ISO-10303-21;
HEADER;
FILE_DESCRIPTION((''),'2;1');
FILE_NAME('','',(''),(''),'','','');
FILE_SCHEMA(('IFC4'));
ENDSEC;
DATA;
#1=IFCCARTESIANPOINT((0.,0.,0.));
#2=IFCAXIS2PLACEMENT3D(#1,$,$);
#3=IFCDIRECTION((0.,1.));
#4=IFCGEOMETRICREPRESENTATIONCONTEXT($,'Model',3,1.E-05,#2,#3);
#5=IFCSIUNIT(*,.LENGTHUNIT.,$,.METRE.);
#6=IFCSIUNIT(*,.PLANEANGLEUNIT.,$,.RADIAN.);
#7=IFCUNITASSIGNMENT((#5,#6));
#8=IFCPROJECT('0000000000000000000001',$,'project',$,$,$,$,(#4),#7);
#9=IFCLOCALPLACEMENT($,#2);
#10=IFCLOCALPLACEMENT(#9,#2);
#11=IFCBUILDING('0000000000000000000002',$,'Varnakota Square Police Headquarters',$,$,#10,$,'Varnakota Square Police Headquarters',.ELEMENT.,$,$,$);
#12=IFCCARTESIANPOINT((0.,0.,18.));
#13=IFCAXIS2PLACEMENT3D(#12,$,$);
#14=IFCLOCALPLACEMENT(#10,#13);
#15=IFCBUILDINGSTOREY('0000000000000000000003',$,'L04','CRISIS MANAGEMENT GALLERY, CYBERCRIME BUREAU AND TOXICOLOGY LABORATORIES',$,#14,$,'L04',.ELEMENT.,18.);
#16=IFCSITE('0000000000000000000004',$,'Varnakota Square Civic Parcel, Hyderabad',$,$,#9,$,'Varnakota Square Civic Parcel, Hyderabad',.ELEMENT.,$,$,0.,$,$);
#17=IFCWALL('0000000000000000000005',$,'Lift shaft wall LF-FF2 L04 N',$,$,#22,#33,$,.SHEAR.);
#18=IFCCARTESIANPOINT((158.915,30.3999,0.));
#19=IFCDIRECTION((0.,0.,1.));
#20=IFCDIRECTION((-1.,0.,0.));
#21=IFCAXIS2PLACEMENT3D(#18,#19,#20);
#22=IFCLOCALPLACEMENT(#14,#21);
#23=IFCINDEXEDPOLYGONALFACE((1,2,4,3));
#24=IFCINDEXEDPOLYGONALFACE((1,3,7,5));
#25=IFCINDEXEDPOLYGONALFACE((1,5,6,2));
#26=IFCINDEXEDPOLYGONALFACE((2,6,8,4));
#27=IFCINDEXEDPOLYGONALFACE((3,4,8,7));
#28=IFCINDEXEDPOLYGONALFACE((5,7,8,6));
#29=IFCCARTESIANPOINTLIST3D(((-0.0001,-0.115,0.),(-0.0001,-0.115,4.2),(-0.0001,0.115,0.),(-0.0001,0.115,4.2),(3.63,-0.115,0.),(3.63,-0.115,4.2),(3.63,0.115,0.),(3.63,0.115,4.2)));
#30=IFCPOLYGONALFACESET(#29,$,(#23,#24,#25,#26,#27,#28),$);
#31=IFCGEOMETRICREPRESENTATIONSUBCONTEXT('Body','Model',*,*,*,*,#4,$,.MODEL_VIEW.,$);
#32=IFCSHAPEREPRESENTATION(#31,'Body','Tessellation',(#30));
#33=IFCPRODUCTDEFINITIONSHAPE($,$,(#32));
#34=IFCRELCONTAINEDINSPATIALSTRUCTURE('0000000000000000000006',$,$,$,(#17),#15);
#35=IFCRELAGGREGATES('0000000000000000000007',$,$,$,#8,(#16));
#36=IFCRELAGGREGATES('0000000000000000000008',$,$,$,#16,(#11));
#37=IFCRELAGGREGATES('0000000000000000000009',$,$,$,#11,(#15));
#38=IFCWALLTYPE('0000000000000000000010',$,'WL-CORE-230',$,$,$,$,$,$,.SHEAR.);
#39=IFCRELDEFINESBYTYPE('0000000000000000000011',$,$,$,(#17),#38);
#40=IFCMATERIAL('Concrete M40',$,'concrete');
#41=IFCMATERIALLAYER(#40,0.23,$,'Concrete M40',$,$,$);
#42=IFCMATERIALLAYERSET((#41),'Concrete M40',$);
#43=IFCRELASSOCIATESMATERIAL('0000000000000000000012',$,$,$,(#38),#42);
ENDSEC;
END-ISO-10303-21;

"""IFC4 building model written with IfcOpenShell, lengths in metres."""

from ifc_helpers import new_model, si_unit, direction, frame, frame_2d, origin, place, context, subcontext, project, spatial, rectangle, extrude, material, layer, layer_set, type_object, element, save


model = new_model("IFC4")

# Units and contexts
model_context = context("Model", 3, precision=1e-05, world=origin(), true_north=direction((0.0, 1.0)))
body_context = subcontext(model_context, "Body", "Model", "MODEL_VIEW")
ifc_project = project(units=[si_unit("LENGTHUNIT", "METRE"), si_unit("PLANEANGLEUNIT", "RADIAN")], contexts=[model_context])

# Site, building, storey
site_placement = place(None, origin())
site = spatial("IfcSite", under=ifc_project, at=site_placement, Name="Varnakota Square Civic Parcel, Hyderabad", LongName="Varnakota Square Civic Parcel, Hyderabad", CompositionType="ELEMENT", RefElevation=0.0)
building_placement = place(site_placement, origin())
building = spatial("IfcBuilding", under=site, at=building_placement, Name="Varnakota Square Police Headquarters", LongName="Varnakota Square Police Headquarters", CompositionType="ELEMENT")
storey_placement = place(building_placement, frame((0.0, 0.0, 18.0)))
storey = spatial("IfcBuildingStorey", under=building, at=storey_placement, Name="L04", Description="CRISIS MANAGEMENT GALLERY, CYBERCRIME BUREAU AND TOXICOLOGY LABORATORIES", LongName="L04", CompositionType="ELEMENT", Elevation=18.0)

# Wall
ifc_material_1 = material(Name="Concrete M40", Category="concrete")
ifc_layer_1 = layer(ifc_material_1, 0.23, Name="Concrete M40")
ifc_layer_set_1 = layer_set([ifc_layer_1], Name="Concrete M40")
wall_type_1 = type_object("IfcWallType", Name="WL-CORE-230", PredefinedType="SHEAR", material=ifc_layer_set_1)
wall_1_placement = place(storey_placement, frame((158.915, 30.3999, 0.0), z_axis=(0.0, 0.0, 1.0), x_axis=(-1.0, 0.0, 0.0)))
element("IfcWall", 1, at=wall_1_placement, inside=storey, type_object=wall_type_1, Name="Lift shaft wall LF-FF2 L04 N", PredefinedType="SHEAR", context=body_context, shape_type="SweptSolid", body=[
    extrude(rectangle(XDim=3.6301, YDim=0.23, at=frame_2d((1.8149, 0.0))), origin(), (0.0, 0.0, 1.0), 4.2),
])

save(model, "model.ifc")
